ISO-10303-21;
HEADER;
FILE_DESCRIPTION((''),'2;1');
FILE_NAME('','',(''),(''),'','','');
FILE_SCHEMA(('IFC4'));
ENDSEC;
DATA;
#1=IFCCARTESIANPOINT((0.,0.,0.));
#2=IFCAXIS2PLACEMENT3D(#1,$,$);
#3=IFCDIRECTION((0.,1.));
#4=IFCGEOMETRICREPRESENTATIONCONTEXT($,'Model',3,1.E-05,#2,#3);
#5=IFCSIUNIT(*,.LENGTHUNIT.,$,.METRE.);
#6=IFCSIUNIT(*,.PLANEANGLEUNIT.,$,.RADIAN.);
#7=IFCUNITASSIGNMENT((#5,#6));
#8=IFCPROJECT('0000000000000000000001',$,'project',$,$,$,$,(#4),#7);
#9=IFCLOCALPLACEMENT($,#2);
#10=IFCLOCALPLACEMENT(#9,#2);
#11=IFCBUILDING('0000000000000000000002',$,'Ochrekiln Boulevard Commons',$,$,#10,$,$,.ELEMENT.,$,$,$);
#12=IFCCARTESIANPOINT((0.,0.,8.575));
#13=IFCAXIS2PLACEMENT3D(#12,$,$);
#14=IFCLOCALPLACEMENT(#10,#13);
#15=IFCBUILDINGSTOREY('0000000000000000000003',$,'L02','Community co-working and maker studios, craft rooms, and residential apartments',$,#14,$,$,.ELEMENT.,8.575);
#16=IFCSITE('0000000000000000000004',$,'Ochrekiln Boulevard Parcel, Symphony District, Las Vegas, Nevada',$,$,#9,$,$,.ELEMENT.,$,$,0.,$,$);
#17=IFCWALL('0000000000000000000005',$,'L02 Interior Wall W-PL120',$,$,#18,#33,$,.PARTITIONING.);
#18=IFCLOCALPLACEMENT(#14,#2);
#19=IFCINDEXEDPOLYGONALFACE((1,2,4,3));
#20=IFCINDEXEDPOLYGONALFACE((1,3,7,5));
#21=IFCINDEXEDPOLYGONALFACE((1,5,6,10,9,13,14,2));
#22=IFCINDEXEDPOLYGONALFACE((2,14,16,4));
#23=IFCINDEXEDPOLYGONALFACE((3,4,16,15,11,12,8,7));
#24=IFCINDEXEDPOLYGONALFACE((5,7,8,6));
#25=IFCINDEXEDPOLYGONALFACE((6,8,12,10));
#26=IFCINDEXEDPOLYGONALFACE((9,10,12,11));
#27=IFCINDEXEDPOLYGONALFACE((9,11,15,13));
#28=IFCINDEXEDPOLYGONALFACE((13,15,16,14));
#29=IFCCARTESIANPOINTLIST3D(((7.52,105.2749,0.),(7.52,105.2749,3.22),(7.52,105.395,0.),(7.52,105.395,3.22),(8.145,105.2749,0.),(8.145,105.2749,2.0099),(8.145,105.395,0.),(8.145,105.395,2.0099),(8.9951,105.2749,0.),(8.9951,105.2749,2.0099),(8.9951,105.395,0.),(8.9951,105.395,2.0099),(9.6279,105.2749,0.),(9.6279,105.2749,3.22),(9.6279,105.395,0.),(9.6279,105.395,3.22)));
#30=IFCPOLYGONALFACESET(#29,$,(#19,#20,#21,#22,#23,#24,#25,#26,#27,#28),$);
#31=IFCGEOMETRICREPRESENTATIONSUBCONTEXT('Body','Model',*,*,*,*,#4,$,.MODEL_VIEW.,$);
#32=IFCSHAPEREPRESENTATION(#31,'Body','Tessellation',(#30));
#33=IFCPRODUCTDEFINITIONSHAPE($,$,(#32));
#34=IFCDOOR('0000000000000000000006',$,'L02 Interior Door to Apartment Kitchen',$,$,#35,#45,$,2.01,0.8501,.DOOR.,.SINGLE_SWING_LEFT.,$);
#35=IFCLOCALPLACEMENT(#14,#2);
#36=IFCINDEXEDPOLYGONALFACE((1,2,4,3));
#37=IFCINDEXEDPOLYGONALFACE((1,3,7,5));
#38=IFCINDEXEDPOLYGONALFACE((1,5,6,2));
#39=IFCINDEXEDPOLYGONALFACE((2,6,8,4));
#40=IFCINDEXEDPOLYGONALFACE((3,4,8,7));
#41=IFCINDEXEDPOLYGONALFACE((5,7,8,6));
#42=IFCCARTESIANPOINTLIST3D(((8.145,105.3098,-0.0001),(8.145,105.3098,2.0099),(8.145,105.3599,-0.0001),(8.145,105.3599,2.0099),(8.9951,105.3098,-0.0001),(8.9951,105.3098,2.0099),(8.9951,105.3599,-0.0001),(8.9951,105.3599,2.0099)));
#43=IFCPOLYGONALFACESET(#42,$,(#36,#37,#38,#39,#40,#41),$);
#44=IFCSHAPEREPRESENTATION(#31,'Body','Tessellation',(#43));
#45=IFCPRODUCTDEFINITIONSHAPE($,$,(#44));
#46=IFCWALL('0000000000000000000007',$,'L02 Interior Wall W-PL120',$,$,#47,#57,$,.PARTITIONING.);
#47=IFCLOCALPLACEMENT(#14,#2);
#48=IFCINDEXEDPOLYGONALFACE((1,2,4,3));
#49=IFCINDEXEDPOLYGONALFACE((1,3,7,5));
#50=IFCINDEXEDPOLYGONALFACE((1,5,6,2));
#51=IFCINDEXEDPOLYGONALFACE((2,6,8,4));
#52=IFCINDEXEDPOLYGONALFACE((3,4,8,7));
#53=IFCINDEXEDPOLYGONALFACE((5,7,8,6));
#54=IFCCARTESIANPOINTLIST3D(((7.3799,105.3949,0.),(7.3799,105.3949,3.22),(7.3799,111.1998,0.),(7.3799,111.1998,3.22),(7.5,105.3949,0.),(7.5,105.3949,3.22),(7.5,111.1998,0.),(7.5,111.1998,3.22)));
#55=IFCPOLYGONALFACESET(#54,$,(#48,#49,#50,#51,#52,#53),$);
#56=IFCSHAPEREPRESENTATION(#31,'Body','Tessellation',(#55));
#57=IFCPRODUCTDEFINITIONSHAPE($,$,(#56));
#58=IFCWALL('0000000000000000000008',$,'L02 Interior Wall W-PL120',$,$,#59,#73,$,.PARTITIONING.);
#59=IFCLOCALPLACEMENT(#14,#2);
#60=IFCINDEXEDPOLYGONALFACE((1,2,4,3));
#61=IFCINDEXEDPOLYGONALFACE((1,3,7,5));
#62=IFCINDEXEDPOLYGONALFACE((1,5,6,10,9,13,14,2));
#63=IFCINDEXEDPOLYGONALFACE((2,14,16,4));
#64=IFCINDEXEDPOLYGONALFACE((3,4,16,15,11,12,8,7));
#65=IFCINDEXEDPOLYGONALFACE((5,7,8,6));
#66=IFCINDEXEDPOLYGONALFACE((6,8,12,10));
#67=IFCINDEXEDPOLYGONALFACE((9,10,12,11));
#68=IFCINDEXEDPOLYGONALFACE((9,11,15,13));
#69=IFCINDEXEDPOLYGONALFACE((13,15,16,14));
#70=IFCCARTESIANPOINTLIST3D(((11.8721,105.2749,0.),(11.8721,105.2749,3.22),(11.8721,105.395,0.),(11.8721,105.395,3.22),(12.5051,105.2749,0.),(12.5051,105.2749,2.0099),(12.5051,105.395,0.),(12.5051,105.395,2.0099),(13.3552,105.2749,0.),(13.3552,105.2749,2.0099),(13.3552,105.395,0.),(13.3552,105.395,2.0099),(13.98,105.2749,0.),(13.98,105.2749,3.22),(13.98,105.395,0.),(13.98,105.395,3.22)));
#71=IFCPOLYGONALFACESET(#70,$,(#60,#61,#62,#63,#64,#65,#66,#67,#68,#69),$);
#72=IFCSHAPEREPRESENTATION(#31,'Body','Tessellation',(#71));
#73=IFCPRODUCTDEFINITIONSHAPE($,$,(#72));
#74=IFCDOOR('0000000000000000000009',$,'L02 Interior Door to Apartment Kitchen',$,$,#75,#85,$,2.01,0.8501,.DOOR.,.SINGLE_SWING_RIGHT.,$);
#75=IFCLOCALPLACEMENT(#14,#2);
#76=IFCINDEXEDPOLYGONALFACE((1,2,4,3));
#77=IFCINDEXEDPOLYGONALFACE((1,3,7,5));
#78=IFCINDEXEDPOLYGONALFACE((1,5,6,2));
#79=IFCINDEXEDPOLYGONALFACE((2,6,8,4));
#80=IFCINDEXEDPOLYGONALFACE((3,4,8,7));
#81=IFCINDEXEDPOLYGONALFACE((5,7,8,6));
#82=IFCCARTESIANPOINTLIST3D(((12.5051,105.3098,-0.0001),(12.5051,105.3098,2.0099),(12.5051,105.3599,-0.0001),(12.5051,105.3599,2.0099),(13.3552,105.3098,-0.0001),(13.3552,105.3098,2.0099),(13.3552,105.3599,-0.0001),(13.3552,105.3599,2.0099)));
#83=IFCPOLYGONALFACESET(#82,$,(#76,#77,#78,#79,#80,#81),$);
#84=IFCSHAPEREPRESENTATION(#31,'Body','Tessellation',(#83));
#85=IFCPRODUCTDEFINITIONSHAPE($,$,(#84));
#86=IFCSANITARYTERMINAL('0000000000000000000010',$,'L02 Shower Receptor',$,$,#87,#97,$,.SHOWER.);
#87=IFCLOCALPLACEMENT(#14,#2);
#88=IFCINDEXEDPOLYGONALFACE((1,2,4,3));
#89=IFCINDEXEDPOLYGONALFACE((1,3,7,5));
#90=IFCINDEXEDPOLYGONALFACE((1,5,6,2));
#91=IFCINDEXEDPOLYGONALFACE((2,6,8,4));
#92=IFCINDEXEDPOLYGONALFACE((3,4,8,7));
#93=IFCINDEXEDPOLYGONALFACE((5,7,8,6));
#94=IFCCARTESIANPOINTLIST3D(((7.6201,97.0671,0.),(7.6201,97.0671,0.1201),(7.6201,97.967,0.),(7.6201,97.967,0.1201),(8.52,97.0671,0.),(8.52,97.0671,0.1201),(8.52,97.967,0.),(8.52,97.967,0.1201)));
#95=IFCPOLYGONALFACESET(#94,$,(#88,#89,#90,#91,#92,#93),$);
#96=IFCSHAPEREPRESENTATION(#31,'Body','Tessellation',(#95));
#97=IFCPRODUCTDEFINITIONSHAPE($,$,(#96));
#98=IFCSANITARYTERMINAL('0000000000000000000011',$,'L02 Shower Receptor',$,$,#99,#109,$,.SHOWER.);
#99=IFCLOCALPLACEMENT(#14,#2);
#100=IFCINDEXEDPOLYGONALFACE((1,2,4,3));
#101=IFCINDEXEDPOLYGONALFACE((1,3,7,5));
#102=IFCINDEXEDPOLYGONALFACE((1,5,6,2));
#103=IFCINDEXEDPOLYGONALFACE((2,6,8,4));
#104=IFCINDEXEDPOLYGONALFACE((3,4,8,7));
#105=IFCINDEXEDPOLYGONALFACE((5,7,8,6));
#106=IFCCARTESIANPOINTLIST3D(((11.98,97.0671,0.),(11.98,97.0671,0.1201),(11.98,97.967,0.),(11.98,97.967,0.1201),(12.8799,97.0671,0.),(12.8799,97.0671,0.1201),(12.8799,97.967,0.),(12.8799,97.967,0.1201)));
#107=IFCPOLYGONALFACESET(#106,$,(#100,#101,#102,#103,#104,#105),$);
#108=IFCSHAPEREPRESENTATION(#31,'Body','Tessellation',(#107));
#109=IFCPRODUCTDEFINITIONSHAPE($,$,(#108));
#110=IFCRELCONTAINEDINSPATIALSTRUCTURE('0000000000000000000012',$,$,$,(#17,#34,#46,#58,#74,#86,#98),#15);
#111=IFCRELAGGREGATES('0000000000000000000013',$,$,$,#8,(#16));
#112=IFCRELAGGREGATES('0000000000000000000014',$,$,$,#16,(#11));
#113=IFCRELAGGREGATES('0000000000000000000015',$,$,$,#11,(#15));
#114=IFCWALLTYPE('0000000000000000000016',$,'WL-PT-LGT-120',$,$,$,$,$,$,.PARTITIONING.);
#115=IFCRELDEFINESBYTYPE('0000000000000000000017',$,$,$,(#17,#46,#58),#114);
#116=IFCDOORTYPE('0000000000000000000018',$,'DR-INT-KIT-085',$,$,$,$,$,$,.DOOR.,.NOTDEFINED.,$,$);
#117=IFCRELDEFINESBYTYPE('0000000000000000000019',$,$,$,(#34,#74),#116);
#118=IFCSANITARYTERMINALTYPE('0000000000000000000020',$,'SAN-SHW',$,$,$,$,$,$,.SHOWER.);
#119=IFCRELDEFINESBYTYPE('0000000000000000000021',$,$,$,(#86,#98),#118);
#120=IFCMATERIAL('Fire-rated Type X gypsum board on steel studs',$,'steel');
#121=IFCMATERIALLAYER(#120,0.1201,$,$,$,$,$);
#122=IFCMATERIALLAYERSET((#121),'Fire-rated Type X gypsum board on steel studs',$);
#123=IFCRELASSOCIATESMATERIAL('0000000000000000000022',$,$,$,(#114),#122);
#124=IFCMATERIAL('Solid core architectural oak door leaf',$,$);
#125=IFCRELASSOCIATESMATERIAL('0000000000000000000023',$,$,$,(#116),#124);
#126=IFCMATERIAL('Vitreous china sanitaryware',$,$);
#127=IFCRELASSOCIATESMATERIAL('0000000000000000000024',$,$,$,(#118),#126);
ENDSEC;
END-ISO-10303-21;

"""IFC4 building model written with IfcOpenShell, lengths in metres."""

from ifc_helpers import new_model, si_unit, direction, frame, frame_2d, origin, origin_2d, place, context, subcontext, project, spatial, rectangle, extrude, material, layer, layer_set, type_object, element, fill, save


model = new_model("IFC4")

# Units and contexts
model_context = context("Model", 3, precision=1e-05, world=origin(), true_north=direction((0.0, 1.0)))
body_context = subcontext(model_context, "Body", "Model", "MODEL_VIEW")
ifc_project = project(units=[si_unit("LENGTHUNIT", "METRE"), si_unit("PLANEANGLEUNIT", "RADIAN")], contexts=[model_context])

# Site, building, storey
site_placement = place(None, origin())
site = spatial("IfcSite", under=ifc_project, at=site_placement, Name="Ochrekiln Boulevard Parcel, Symphony District, Las Vegas, Nevada", CompositionType="ELEMENT", RefElevation=0.0)
building_placement = place(site_placement, origin())
building = spatial("IfcBuilding", under=site, at=building_placement, Name="Ochrekiln Boulevard Commons", CompositionType="ELEMENT")
storey_placement = place(building_placement, frame((0.0, 0.0, 8.575)))
storey = spatial("IfcBuildingStorey", under=building, at=storey_placement, Name="L02", Description="Community co-working and maker studios, craft rooms, and residential apartments", CompositionType="ELEMENT", Elevation=8.575)

# Shared definitions
ifc_material_1 = material(Name="Solid core architectural oak door leaf")
ifc_material_2 = material(Name="Fire-rated Type X gypsum board on steel studs", Category="steel")

# Wall, opening, door
ifc_layer_1 = layer(ifc_material_2, 0.1201)
ifc_layer_set_1 = layer_set([ifc_layer_1], Name="Fire-rated Type X gypsum board on steel studs")
wall_type_1 = type_object("IfcWallType", Name="WL-PT-LGT-120", PredefinedType="PARTITIONING", material=ifc_layer_set_1)
wall_1_placement = place(storey_placement, frame((7.52, 105.335, 0.0), z_axis=(0.0, 0.0, 1.0), x_axis=(1.0, 0.0, 0.0)))
wall_1 = element("IfcWall", 1, at=wall_1_placement, inside=storey, type_object=wall_type_1, Name="L02 Interior Wall W-PL120", PredefinedType="PARTITIONING", context=body_context, shape_type="SweptSolid", body=[
    extrude(rectangle(XDim=2.1079, YDim=0.1201, at=frame_2d((1.054, 0.0))), origin(), (0.0, 0.0, 1.0), 3.22),
])
opening_1_placement = place(wall_1_placement, frame((0.625, 0.0, 0.0)))
opening_1 = element("IfcOpeningElement", 2, at=opening_1_placement, cuts=wall_1, PredefinedType="OPENING", context=body_context, shape_type="SweptSolid", body=[
    extrude(rectangle(XDim=0.8501, YDim=2.01, at=frame_2d((0.425, 1.0049))), frame((0.0, 0.0701, 0.0), z_axis=(0.0, -1.0, 0.0), x_axis=(1.0, 0.0, 0.0)), (0.0, 0.0, 1.0), 0.1401),
])
door_type_1 = type_object("IfcDoorType", Name="DR-INT-KIT-085", OperationType="NOTDEFINED", PredefinedType="DOOR", material=ifc_material_1)
door_1_placement = place(opening_1_placement, origin())
door_1 = element("IfcDoor", 3, at=door_1_placement, inside=storey, type_object=door_type_1, Name="L02 Interior Door to Apartment Kitchen", OperationType="SINGLE_SWING_LEFT", OverallHeight=2.01, OverallWidth=0.8501, PredefinedType="DOOR", context=body_context, shape_type="SweptSolid", body=[
    extrude(rectangle(XDim=0.8501, YDim=2.01, at=frame_2d((0.425, 1.0049))), frame((0.0, 0.0249, 0.0), z_axis=(0.0, -1.0, 0.0), x_axis=(1.0, 0.0, 0.0)), (0.0, 0.0, 1.0), 0.05),
])
fill(opening_1, door_1)

# Wall
wall_2_placement = place(storey_placement, frame((7.4399, 105.395, 0.0), z_axis=(0.0, 0.0, 1.0), x_axis=(0.0, 1.0, 0.0)))
element("IfcWall", 4, at=wall_2_placement, inside=storey, type_object=wall_type_1, Name="L02 Interior Wall W-PL120", PredefinedType="PARTITIONING", context=body_context, shape_type="SweptSolid", body=[
    extrude(rectangle(XDim=5.8049, YDim=0.1201, at=frame_2d((2.9023, 0.0))), origin(), (0.0, 0.0, 1.0), 3.22),
])

# Wall, opening, door
wall_3_placement = place(storey_placement, frame((11.8721, 105.335, 0.0), z_axis=(0.0, 0.0, 1.0), x_axis=(1.0, 0.0, 0.0)))
wall_3 = element("IfcWall", 5, at=wall_3_placement, inside=storey, type_object=wall_type_1, Name="L02 Interior Wall W-PL120", PredefinedType="PARTITIONING", context=body_context, shape_type="SweptSolid", body=[
    extrude(rectangle(XDim=2.1079, YDim=0.1201, at=frame_2d((1.054, 0.0))), origin(), (0.0, 0.0, 1.0), 3.22),
])
opening_2_placement = place(wall_3_placement, frame((0.6331, 0.0, 0.0)))
opening_2 = element("IfcOpeningElement", 6, at=opening_2_placement, cuts=wall_3, PredefinedType="OPENING", context=body_context, shape_type="SweptSolid", body=[
    extrude(rectangle(XDim=0.8501, YDim=2.01, at=frame_2d((0.425, 1.0049))), frame((0.0, 0.0701, 0.0), z_axis=(0.0, -1.0, 0.0), x_axis=(1.0, 0.0, 0.0)), (0.0, 0.0, 1.0), 0.1401),
])
door_2_placement = place(opening_2_placement, origin())
door_2 = element("IfcDoor", 7, at=door_2_placement, inside=storey, type_object=door_type_1, Name="L02 Interior Door to Apartment Kitchen", OperationType="SINGLE_SWING_RIGHT", OverallHeight=2.01, OverallWidth=0.8501, PredefinedType="DOOR", context=body_context, shape_type="SweptSolid", body=[
    extrude(rectangle(XDim=0.8501, YDim=2.01, at=frame_2d((0.425, 1.0049))), frame((0.0, 0.0249, 0.0), z_axis=(0.0, -1.0, 0.0), x_axis=(1.0, 0.0, 0.0)), (0.0, 0.0, 1.0), 0.05),
])
fill(opening_2, door_2)

# Sanitary terminals
ifc_material_3 = material(Name="Vitreous china sanitaryware")
sanitary_terminal_type = type_object("IfcSanitaryTerminalType", Name="SAN-SHW", PredefinedType="SHOWER", material=ifc_material_3)
for number, where, z_axis, x_axis, name in (
    (8, (8.0701, 97.5171, 0.0), (0.0, 0.0, 1.0), (1.0, 0.0, 0.0), "L02 Shower Receptor"),
    (9, (12.4299, 97.5171, 0.0), (0.0, 0.0, 1.0), (1.0, 0.0, 0.0), "L02 Shower Receptor"),
):
    element("IfcSanitaryTerminal", number, at=place(storey_placement, frame(where, z_axis=z_axis, x_axis=x_axis)), inside=storey, type_object=sanitary_terminal_type, Name=name, PredefinedType="SHOWER", context=body_context, shape_type="SweptSolid", body=[
        extrude(rectangle(XDim=0.8999, YDim=0.8999, at=origin_2d()), origin(), (0.0, 0.0, 1.0), 0.1201),
    ])

save(model, "model.ifc")
